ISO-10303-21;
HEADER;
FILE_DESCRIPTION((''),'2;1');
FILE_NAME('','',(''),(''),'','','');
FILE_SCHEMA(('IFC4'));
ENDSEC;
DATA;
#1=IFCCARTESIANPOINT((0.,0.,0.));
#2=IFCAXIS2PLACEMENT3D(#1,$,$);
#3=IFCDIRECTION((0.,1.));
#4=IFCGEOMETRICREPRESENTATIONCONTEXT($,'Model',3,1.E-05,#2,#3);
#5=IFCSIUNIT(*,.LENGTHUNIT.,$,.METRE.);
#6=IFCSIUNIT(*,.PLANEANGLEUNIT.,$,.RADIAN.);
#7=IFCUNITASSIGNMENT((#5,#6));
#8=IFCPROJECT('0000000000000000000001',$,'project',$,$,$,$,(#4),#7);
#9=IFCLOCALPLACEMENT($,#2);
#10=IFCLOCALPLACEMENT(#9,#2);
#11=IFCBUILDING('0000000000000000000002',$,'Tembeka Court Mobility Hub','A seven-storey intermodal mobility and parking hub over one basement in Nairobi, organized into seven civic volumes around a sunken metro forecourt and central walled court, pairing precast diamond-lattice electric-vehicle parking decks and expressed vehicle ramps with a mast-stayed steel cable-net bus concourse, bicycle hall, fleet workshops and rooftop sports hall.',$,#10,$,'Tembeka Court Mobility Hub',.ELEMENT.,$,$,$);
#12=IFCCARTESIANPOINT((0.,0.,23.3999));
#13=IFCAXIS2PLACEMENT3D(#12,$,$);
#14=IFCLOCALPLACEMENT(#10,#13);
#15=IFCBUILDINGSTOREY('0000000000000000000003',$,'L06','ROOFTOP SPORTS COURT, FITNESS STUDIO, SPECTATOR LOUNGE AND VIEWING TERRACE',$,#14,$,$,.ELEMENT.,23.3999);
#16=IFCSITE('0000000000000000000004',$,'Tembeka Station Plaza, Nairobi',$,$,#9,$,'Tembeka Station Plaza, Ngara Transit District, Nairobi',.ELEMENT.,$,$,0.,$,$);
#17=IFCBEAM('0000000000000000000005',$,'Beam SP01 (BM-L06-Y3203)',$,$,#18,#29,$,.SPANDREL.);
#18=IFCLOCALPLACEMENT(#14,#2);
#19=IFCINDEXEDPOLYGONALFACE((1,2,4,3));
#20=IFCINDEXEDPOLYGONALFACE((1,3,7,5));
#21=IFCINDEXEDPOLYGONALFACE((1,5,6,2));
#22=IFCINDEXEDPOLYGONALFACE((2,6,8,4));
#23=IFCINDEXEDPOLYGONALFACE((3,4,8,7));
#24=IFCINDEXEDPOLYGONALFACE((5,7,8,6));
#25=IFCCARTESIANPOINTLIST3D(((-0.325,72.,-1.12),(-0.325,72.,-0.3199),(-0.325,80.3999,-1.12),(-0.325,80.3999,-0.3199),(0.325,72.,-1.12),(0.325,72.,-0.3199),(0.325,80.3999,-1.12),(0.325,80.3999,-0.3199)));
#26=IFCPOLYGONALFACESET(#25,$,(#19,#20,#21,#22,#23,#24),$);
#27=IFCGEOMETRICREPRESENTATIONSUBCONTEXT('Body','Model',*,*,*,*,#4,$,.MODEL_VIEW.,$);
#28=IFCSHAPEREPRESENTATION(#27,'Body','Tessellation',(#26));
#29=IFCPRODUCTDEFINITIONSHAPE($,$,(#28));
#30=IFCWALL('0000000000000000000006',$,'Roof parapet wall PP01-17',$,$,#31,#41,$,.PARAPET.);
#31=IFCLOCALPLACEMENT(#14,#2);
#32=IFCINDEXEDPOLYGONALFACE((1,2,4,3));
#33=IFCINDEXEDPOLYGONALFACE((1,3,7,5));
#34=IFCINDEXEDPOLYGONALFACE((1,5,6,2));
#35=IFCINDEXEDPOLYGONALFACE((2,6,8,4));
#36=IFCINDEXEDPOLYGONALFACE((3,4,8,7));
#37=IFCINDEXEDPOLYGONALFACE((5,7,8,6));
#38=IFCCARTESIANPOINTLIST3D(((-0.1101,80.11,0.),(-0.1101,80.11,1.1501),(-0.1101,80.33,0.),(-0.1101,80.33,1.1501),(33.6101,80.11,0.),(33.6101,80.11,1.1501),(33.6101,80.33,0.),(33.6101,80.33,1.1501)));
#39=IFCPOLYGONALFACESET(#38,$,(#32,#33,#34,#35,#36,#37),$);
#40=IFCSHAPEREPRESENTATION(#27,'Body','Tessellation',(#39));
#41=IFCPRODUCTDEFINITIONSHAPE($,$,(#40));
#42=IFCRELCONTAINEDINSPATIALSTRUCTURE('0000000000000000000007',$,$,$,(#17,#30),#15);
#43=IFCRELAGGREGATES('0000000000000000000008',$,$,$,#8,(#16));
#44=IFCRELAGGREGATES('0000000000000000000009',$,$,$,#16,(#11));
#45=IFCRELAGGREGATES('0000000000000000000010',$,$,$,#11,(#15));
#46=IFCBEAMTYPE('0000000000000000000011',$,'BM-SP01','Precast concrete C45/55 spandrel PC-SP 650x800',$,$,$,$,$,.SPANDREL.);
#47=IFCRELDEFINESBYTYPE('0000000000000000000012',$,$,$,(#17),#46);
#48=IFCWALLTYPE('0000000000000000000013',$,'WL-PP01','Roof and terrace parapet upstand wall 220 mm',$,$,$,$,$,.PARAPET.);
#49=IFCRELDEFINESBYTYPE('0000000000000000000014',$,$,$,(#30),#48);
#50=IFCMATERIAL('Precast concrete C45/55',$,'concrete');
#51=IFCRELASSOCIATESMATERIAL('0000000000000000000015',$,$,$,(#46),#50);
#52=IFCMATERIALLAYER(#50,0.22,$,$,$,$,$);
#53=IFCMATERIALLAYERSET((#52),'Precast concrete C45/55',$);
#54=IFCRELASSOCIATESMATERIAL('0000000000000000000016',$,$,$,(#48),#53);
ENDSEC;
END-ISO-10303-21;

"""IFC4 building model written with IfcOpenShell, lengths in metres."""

from ifc_helpers import new_model, si_unit, direction, frame, frame_2d, origin, origin_2d, place, context, subcontext, project, spatial, rectangle, extrude, material, layer, layer_set, material_profile, profile_set, type_object, element, save


model = new_model("IFC4")

# Units and contexts
model_context = context("Model", 3, precision=1e-05, world=origin(), true_north=direction((0.0, 1.0)))
body_context = subcontext(model_context, "Body", "Model", "MODEL_VIEW")
ifc_project = project(units=[si_unit("LENGTHUNIT", "METRE"), si_unit("PLANEANGLEUNIT", "RADIAN")], contexts=[model_context])

# Site, building, storey
site_placement = place(None, origin())
site = spatial("IfcSite", under=ifc_project, at=site_placement, Name="Tembeka Station Plaza, Nairobi", LongName="Tembeka Station Plaza, Ngara Transit District, Nairobi", CompositionType="ELEMENT", RefElevation=0.0)
building_placement = place(site_placement, origin())
building = spatial("IfcBuilding", under=site, at=building_placement, Name="Tembeka Court Mobility Hub", Description="A seven-storey intermodal mobility and parking hub over one basement in Nairobi, organized into seven civic volumes around a sunken metro forecourt and central walled court, pairing precast diamond-lattice electric-vehicle parking decks and expressed vehicle ramps with a mast-stayed steel cable-net bus concourse, bicycle hall, fleet workshops and rooftop sports hall.", LongName="Tembeka Court Mobility Hub", CompositionType="ELEMENT")
storey_placement = place(building_placement, frame((0.0, 0.0, 23.3999)))
storey = spatial("IfcBuildingStorey", under=building, at=storey_placement, Name="L06", Description="ROOFTOP SPORTS COURT, FITNESS STUDIO, SPECTATOR LOUNGE AND VIEWING TERRACE", CompositionType="ELEMENT", Elevation=23.3999)

# Beam
ifc_material_1 = material(Name="Precast concrete C45/55", Category="concrete")
ifc_material_profile_1 = material_profile(ifc_material_1, rectangle(XDim=0.6499, YDim=0.8, at=origin_2d()), Name="PC-SP 650x800")
ifc_profile_set_1 = profile_set([ifc_material_profile_1], Name="Precast concrete C45/55")
beam_type_1 = type_object("IfcBeamType", Name="BM-SP01", Description="Precast concrete C45/55 spandrel PC-SP 650x800", PredefinedType="SPANDREL", material=ifc_profile_set_1)
for number, where, z_axis, x_axis, name in (
    (1, (0.0, 72.0, -0.72), (0.0, 1.0, 0.0), (-1.0, 0.0, 0.0), "Beam SP01 (BM-L06-Y3203)"),
):
    element("IfcBeam", number, at=place(storey_placement, frame(where, z_axis=z_axis, x_axis=x_axis)), inside=storey, type_object=beam_type_1, Name=name, PredefinedType="SPANDREL", context=body_context, shape_type="SweptSolid", body=[
        extrude(rectangle(XDim=0.6499, YDim=0.8, at=origin_2d()), origin(), (0.0, 0.0, 1.0), 8.3999),
    ])

# Wall
ifc_layer = layer(ifc_material_1, 0.22)
ifc_layer_set = layer_set([ifc_layer], Name="Precast concrete C45/55")
wall_type = type_object("IfcWallType", Name="WL-PP01", Description="Roof and terrace parapet upstand wall 220 mm", PredefinedType="PARAPET", material=ifc_layer_set)
wall_placement = place(storey_placement, frame((-0.1101, 80.22, 0.0), z_axis=(0.0, 0.0, 1.0), x_axis=(1.0, 0.0, 0.0)))
element("IfcWall", 2, at=wall_placement, inside=storey, type_object=wall_type, Name="Roof parapet wall PP01-17", PredefinedType="PARAPET", context=body_context, shape_type="SweptSolid", body=[
    extrude(rectangle(XDim=33.7202, YDim=0.22, at=frame_2d((16.8601, 0.0))), origin(), (0.0, 0.0, 1.0), 1.1501),
])

save(model, "model.ifc")
